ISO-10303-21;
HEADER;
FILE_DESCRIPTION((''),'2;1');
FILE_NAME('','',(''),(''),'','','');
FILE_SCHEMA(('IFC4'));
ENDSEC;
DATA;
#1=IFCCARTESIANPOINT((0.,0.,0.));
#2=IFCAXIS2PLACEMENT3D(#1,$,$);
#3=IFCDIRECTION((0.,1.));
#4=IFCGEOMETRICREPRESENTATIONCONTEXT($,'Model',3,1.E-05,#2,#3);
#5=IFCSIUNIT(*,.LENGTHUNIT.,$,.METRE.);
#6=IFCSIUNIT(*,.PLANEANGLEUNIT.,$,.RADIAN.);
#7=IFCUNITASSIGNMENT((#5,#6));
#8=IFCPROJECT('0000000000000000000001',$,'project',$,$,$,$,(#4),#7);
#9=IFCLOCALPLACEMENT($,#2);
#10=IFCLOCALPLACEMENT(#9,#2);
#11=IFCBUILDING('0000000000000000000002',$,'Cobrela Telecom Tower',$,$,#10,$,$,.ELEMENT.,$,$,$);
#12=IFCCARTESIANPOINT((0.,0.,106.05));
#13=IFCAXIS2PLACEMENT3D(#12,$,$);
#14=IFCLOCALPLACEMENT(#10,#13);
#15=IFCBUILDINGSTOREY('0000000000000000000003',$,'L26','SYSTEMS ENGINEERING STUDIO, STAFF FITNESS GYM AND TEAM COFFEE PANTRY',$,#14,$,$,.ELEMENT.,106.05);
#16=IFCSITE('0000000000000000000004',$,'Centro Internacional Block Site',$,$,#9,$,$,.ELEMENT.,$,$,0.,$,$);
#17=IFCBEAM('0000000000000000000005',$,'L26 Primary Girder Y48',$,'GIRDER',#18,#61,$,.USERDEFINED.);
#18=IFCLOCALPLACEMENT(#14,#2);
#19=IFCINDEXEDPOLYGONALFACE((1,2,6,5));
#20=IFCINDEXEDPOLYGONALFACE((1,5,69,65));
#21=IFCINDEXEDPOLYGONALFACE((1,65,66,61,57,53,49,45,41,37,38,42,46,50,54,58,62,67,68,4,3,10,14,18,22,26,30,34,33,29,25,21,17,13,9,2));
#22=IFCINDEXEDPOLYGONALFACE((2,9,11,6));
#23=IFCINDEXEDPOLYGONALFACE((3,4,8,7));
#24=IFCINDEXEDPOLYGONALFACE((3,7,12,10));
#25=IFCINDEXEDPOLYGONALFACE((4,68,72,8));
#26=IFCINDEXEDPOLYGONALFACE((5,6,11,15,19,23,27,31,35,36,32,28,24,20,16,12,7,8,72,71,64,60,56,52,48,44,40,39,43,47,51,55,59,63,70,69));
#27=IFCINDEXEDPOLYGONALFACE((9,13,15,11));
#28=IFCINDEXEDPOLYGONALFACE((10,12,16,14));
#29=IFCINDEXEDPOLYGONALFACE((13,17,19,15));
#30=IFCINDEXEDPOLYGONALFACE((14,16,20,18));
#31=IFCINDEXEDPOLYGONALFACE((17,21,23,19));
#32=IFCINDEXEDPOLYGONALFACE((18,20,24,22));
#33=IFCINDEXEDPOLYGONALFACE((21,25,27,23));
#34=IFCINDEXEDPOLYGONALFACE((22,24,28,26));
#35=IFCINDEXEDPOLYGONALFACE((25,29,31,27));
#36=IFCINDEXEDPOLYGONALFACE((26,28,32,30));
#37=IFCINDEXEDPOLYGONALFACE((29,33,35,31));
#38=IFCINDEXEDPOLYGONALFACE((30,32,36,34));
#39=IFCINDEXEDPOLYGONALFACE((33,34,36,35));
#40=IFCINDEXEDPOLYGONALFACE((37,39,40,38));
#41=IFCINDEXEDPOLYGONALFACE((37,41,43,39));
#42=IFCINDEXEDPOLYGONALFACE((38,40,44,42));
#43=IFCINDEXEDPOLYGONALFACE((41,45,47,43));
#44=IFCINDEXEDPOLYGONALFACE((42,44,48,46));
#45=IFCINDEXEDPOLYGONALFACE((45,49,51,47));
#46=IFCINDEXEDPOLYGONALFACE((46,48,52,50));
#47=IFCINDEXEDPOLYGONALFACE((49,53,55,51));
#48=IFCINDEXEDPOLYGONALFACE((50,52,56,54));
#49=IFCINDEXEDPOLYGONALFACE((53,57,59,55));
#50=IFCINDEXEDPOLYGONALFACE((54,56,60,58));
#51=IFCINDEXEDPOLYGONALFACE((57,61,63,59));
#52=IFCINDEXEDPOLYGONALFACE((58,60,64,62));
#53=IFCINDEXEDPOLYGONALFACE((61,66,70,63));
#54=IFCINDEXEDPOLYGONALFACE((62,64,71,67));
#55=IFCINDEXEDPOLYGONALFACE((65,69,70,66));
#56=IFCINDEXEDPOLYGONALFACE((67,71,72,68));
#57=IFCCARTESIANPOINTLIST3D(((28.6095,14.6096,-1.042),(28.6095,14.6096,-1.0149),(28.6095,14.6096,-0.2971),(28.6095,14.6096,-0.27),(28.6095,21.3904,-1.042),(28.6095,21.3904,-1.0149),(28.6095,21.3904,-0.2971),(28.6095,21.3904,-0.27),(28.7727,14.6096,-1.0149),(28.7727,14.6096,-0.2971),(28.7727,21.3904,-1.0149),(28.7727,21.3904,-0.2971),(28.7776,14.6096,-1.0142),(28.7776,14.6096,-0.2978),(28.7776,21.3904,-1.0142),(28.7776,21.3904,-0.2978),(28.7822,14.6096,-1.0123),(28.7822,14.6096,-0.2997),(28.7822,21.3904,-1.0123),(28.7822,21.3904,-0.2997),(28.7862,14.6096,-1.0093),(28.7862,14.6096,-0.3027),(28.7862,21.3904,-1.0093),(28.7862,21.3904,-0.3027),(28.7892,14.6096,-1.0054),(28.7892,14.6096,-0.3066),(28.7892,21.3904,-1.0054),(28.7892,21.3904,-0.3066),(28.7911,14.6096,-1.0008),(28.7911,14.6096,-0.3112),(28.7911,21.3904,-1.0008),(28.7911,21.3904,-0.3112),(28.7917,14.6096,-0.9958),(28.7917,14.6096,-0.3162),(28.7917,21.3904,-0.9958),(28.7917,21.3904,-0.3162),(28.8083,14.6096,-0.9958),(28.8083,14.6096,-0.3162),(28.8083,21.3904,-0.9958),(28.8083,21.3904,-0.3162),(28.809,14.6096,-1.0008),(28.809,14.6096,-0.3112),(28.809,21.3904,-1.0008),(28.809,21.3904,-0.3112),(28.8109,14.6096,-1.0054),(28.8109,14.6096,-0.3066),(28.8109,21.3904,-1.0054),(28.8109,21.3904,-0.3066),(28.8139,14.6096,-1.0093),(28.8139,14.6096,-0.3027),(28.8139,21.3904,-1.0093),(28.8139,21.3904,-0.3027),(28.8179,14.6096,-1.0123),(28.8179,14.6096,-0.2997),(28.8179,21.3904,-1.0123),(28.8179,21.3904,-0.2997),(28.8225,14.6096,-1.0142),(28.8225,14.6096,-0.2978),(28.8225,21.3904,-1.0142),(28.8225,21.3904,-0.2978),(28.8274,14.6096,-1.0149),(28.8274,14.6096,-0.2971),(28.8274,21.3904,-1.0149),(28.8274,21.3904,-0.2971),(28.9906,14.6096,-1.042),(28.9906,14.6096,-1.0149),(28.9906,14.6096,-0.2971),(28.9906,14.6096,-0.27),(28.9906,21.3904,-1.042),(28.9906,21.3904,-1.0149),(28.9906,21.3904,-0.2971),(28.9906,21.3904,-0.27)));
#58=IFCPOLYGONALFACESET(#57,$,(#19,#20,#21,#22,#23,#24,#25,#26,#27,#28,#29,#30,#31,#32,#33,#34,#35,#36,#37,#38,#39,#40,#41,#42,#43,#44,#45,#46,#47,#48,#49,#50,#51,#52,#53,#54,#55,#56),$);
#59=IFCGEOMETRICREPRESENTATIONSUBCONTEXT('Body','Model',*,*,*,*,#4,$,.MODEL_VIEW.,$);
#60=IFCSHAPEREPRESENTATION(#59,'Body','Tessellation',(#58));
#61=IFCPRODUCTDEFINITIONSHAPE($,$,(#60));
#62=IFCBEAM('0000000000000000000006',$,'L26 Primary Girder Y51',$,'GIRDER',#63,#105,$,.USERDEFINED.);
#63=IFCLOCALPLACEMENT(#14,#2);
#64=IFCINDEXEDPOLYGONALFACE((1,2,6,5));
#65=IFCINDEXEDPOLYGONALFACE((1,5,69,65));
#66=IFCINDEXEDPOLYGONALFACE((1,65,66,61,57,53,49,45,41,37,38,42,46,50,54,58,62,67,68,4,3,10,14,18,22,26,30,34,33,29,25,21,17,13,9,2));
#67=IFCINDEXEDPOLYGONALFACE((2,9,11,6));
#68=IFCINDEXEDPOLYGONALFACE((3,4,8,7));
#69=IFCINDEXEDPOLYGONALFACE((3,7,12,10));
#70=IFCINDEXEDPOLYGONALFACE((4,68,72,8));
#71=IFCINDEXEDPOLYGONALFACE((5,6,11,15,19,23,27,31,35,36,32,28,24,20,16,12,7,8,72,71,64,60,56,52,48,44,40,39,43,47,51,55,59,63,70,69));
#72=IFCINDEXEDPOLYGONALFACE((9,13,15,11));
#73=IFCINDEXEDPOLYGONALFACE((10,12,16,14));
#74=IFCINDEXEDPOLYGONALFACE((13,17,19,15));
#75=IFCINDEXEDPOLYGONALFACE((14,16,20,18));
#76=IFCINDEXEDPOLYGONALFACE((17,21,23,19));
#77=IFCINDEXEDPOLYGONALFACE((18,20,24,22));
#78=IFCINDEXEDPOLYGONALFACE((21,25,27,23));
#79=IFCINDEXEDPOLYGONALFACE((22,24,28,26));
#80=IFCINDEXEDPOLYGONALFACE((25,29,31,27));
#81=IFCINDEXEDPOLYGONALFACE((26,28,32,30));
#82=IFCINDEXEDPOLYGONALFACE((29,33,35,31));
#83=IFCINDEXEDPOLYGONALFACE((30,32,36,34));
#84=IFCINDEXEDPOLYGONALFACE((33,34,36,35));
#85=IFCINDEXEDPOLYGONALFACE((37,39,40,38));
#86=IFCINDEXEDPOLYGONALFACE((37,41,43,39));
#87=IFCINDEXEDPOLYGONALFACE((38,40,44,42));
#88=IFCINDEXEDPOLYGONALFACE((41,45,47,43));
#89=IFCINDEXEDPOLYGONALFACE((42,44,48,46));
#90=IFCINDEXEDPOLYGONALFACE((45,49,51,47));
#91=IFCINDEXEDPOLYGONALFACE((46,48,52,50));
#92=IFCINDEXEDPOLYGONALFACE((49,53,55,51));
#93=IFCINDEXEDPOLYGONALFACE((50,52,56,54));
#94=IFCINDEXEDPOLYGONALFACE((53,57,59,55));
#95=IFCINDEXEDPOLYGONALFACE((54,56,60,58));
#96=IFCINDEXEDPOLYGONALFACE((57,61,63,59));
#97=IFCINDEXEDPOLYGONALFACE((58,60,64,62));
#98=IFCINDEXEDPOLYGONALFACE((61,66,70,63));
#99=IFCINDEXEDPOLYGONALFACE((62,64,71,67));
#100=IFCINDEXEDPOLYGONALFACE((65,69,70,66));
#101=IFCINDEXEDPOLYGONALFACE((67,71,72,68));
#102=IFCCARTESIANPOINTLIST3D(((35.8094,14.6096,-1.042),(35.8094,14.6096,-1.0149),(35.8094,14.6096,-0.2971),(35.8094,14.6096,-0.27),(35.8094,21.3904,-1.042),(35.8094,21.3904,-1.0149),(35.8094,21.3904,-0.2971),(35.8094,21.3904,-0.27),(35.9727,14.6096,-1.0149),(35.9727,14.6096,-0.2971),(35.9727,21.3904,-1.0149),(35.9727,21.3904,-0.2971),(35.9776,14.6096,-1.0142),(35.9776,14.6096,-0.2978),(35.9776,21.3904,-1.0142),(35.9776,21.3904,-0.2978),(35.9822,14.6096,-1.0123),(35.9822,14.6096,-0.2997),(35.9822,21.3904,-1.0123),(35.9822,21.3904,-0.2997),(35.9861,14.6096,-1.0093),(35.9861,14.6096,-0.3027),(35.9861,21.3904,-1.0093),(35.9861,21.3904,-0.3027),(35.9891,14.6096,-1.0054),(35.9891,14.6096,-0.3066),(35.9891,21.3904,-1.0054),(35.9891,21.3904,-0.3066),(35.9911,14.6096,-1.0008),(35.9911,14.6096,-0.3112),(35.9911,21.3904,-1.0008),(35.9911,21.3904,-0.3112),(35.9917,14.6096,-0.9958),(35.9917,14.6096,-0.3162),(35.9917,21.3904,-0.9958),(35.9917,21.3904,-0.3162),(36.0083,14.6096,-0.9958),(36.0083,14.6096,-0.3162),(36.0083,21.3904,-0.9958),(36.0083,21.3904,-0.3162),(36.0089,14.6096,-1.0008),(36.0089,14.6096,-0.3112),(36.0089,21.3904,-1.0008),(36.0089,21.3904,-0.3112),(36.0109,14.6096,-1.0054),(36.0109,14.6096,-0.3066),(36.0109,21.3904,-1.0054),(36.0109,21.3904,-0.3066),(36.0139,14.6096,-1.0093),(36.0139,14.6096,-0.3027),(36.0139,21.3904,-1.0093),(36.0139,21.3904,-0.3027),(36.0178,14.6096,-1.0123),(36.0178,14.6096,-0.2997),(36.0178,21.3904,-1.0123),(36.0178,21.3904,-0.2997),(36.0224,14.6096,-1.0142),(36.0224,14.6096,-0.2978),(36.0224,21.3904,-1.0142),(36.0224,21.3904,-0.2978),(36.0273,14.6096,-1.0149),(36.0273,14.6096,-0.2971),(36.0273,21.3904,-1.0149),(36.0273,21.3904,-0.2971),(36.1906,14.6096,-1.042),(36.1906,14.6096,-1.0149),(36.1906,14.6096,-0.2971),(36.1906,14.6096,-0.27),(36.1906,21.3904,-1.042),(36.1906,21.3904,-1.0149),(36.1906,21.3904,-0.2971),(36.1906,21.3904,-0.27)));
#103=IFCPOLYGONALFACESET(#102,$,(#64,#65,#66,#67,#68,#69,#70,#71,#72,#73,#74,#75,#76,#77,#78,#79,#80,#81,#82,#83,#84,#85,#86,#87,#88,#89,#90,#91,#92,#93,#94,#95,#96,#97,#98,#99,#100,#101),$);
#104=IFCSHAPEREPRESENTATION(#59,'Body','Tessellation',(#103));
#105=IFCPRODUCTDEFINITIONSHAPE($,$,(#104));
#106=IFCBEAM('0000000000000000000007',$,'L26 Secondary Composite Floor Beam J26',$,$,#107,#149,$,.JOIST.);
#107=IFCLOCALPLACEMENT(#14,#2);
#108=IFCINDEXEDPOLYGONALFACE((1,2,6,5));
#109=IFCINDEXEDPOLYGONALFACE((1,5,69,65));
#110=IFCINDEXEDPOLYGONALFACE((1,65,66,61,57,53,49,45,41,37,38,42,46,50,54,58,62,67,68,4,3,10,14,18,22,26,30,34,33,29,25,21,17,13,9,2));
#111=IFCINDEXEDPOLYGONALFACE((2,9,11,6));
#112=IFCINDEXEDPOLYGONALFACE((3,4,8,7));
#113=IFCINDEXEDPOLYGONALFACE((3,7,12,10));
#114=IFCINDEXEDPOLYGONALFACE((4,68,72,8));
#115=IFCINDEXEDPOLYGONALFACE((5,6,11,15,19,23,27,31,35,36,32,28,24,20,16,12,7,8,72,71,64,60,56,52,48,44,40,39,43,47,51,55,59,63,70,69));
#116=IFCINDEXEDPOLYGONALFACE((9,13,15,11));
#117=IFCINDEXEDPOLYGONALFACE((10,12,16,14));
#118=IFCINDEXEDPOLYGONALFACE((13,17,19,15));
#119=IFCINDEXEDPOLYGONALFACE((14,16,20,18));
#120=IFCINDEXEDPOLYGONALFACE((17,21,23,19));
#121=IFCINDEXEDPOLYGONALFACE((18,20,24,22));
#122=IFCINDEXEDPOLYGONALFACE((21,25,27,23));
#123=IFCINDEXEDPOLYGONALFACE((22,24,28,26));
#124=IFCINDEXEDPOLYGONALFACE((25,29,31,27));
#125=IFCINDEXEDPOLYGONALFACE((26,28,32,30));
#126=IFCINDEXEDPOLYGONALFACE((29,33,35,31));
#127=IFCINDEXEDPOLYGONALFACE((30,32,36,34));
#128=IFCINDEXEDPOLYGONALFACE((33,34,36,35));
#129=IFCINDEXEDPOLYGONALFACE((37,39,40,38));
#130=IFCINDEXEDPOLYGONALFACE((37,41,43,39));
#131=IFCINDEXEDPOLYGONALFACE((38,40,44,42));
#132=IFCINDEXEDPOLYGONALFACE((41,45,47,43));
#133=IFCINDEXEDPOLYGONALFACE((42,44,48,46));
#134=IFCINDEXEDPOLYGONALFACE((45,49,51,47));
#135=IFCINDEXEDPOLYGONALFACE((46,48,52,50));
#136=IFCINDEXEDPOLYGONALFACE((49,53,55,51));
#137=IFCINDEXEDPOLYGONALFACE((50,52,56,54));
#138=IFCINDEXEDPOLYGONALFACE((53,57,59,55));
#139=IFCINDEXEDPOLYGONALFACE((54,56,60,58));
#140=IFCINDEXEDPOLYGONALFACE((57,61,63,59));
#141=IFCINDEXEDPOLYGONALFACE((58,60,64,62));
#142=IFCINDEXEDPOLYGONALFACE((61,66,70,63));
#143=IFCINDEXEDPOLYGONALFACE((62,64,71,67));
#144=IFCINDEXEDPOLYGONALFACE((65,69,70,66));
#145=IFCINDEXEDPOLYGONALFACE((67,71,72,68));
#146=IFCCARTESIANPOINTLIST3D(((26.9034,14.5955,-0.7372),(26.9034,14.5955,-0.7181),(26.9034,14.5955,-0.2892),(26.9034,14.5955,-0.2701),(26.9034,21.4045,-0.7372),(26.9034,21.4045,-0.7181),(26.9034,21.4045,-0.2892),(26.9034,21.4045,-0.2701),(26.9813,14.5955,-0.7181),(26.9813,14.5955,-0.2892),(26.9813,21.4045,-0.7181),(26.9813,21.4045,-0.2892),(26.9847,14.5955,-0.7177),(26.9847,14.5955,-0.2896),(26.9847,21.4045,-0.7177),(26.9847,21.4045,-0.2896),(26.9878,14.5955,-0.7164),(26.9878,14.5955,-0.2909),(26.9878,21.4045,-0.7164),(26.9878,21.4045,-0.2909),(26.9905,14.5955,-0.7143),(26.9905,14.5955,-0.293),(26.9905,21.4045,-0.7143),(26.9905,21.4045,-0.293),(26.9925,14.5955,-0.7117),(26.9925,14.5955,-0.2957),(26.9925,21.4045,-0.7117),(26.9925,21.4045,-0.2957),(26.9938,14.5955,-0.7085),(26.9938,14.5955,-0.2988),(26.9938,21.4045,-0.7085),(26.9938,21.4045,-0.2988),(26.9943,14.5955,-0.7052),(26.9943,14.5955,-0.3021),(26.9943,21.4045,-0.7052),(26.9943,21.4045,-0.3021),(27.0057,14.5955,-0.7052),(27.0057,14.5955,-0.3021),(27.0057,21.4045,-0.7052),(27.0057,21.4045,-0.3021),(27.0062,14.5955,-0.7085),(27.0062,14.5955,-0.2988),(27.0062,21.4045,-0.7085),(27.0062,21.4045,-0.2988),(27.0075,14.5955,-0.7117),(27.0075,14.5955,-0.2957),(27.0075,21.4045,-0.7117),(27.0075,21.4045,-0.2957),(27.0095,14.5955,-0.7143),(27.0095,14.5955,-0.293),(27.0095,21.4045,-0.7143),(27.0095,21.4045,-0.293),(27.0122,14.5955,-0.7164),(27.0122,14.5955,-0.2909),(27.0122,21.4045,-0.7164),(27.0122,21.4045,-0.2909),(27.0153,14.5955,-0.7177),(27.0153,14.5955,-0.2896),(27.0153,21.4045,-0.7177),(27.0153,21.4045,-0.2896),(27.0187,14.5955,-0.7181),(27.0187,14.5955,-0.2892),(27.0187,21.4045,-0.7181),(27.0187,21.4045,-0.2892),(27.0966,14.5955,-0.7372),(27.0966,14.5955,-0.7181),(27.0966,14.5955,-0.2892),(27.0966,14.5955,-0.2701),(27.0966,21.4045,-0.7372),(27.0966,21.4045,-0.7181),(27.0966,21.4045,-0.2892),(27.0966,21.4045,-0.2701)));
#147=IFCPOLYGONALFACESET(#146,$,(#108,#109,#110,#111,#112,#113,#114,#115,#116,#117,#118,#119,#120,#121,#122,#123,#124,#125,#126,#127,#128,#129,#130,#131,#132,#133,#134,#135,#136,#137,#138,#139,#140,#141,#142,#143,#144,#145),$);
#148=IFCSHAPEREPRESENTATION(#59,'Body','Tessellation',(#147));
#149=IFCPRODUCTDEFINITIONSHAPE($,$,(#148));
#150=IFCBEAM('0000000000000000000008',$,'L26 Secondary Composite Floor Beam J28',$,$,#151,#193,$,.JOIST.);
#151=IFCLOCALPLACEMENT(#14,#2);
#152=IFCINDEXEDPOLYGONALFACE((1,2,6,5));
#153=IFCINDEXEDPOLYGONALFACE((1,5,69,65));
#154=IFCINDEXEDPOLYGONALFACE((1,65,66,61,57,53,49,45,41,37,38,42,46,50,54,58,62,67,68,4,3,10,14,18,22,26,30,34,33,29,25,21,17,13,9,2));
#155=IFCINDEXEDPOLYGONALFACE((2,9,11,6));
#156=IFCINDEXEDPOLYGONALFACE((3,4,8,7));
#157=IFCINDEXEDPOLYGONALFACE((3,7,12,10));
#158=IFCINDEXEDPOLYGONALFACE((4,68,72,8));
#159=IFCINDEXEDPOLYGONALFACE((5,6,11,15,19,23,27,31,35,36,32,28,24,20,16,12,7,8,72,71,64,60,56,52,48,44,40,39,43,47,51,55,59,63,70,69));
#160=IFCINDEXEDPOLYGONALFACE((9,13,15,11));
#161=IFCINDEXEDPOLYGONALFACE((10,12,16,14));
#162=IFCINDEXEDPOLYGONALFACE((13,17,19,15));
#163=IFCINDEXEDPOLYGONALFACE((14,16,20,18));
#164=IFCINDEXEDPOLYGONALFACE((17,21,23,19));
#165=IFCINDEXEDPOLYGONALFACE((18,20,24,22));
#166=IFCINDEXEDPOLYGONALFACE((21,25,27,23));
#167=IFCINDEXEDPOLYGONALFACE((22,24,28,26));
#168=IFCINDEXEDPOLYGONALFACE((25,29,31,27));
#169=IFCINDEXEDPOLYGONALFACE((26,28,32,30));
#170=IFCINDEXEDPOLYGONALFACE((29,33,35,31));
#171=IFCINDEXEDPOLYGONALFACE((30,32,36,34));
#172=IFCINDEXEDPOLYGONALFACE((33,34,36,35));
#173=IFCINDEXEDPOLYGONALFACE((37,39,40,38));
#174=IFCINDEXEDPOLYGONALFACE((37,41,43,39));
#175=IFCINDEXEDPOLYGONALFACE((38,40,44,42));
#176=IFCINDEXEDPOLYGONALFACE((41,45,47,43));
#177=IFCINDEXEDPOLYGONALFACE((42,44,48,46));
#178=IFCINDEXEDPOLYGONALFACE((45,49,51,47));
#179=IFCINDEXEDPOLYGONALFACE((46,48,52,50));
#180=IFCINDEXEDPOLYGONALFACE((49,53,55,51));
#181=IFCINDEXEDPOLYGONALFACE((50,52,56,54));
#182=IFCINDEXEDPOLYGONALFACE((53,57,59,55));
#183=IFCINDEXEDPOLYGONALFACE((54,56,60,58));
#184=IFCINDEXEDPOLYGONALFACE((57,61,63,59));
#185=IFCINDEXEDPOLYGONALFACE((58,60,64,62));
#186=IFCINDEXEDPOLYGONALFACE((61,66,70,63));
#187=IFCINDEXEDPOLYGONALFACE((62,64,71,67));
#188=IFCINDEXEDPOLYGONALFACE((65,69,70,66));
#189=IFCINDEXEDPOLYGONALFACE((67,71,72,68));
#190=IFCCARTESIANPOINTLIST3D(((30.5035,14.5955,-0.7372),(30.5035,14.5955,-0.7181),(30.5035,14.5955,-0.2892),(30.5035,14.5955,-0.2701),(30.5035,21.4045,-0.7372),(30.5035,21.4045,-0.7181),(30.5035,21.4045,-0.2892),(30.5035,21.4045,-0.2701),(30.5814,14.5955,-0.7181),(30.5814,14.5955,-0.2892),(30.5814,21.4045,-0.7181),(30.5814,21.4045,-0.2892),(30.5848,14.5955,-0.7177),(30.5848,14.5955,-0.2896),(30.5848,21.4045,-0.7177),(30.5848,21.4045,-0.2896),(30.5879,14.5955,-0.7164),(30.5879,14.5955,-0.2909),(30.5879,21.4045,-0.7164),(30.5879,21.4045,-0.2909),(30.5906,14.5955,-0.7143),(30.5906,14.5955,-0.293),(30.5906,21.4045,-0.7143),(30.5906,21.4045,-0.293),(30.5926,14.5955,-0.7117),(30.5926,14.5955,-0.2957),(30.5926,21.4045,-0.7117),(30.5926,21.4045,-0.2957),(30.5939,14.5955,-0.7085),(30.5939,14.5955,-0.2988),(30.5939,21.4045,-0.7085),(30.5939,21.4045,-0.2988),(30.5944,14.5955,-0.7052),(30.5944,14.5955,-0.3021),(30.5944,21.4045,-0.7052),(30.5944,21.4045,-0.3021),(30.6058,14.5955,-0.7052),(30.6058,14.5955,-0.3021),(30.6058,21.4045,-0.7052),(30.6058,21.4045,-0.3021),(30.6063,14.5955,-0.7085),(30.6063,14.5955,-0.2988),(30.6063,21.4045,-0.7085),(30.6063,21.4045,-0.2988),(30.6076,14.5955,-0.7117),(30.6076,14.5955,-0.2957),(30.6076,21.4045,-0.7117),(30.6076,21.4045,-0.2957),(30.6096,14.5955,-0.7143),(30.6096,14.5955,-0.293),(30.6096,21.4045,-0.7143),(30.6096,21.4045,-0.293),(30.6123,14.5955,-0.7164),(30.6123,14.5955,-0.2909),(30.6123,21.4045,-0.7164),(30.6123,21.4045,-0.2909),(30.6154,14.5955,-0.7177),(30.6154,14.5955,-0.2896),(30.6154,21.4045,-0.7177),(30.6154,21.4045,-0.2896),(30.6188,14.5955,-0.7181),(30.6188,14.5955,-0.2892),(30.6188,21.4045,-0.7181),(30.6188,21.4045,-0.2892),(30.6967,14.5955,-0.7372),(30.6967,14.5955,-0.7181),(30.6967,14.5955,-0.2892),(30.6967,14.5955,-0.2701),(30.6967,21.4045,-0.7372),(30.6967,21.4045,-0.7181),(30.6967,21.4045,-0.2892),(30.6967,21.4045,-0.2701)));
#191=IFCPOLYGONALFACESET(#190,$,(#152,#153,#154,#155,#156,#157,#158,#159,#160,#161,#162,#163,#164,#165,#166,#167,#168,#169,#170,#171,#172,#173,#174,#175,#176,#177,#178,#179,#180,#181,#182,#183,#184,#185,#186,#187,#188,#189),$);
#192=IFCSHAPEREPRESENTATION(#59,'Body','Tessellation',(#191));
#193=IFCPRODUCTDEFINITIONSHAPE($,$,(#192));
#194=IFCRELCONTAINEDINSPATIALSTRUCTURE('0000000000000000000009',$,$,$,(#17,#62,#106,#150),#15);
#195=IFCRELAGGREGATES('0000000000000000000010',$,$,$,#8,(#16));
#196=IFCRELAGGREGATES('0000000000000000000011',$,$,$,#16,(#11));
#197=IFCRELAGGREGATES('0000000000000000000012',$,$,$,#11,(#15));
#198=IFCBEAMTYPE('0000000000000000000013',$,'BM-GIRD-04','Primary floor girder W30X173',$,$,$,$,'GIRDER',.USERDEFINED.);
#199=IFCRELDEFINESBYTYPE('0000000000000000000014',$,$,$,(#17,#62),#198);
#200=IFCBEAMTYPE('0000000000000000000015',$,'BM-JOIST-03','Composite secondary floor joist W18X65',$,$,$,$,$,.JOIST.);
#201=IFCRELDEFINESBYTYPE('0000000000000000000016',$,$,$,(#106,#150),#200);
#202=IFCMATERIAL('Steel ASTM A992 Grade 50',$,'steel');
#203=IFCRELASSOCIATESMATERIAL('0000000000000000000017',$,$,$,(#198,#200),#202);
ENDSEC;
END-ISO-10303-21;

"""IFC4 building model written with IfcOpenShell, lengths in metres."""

from ifc_helpers import new_model, si_unit, direction, frame, origin, origin_2d, place, context, subcontext, project, spatial, i_section, extrude, material, material_profile, profile_set, type_object, element, save


model = new_model("IFC4")

# Units and contexts
model_context = context("Model", 3, precision=1e-05, world=origin(), true_north=direction((0.0, 1.0)))
body_context = subcontext(model_context, "Body", "Model", "MODEL_VIEW")
ifc_project = project(units=[si_unit("LENGTHUNIT", "METRE"), si_unit("PLANEANGLEUNIT", "RADIAN")], contexts=[model_context])

# Site, building, storey
site_placement = place(None, origin())
site = spatial("IfcSite", under=ifc_project, at=site_placement, Name="Centro Internacional Block Site", CompositionType="ELEMENT", RefElevation=0.0)
building_placement = place(site_placement, origin())
building = spatial("IfcBuilding", under=site, at=building_placement, Name="Cobrela Telecom Tower", CompositionType="ELEMENT")
storey_placement = place(building_placement, frame((0.0, 0.0, 106.05)))
storey = spatial("IfcBuildingStorey", under=building, at=storey_placement, Name="L26", Description="SYSTEMS ENGINEERING STUDIO, STAFF FITNESS GYM AND TEAM COFFEE PANTRY", CompositionType="ELEMENT", Elevation=106.05)

# Shared definitions
ifc_material_1 = material(Name="Steel ASTM A992 Grade 50", Category="steel")

# Beams
ifc_material_profile_1 = material_profile(ifc_material_1, i_section(OverallWidth=0.3811, OverallDepth=0.772, WebThickness=0.0166, FlangeThickness=0.0271, FilletRadius=0.019, at=origin_2d()), Name="W30X173")
ifc_profile_set_1 = profile_set([ifc_material_profile_1], Name="Steel ASTM A992 Grade 50")
beam_type_1 = type_object("IfcBeamType", Name="BM-GIRD-04", Description="Primary floor girder W30X173", ElementType="GIRDER", PredefinedType="USERDEFINED", material=ifc_profile_set_1)
for number, where, z_axis, x_axis, name in (
    (1, (28.8, 14.6096, -0.656), (0.0, 1.0, 0.0), (-1.0, 0.0, 0.0), "L26 Primary Girder Y48"),
    (2, (36.0, 14.6096, -0.656), (0.0, 1.0, 0.0), (-1.0, 0.0, 0.0), "L26 Primary Girder Y51"),
):
    element("IfcBeam", number, at=place(storey_placement, frame(where, z_axis=z_axis, x_axis=x_axis)), inside=storey, type_object=beam_type_1, Name=name, ObjectType="GIRDER", PredefinedType="USERDEFINED", context=body_context, shape_type="SweptSolid", body=[
        extrude(i_section(OverallWidth=0.3811, OverallDepth=0.772, WebThickness=0.0166, FlangeThickness=0.0271, FilletRadius=0.019, at=origin_2d()), origin(), (0.0, 0.0, 1.0), 6.7808),
    ])
ifc_material_profile_2 = material_profile(ifc_material_1, i_section(OverallWidth=0.1931, OverallDepth=0.467, WebThickness=0.0115, FlangeThickness=0.019, FilletRadius=0.0129, at=origin_2d()), Name="W18X65")
ifc_profile_set_2 = profile_set([ifc_material_profile_2], Name="Steel ASTM A992 Grade 50")
beam_type_2 = type_object("IfcBeamType", Name="BM-JOIST-03", Description="Composite secondary floor joist W18X65", PredefinedType="JOIST", material=ifc_profile_set_2)
for number, where, z_axis, x_axis, name in (
    (3, (27.0, 14.5955, -0.5037), (0.0, 1.0, 0.0), (-1.0, 0.0, 0.0), "L26 Secondary Composite Floor Beam J26"),
    (4, (30.6001, 14.5955, -0.5037), (0.0, 1.0, 0.0), (-1.0, 0.0, 0.0), "L26 Secondary Composite Floor Beam J28"),
):
    element("IfcBeam", number, at=place(storey_placement, frame(where, z_axis=z_axis, x_axis=x_axis)), inside=storey, type_object=beam_type_2, Name=name, PredefinedType="JOIST", context=body_context, shape_type="SweptSolid", body=[
        extrude(i_section(OverallWidth=0.1931, OverallDepth=0.467, WebThickness=0.0115, FlangeThickness=0.019, FilletRadius=0.0129, at=origin_2d()), origin(), (0.0, 0.0, 1.0), 6.8091),
    ])

save(model, "model.ifc")
